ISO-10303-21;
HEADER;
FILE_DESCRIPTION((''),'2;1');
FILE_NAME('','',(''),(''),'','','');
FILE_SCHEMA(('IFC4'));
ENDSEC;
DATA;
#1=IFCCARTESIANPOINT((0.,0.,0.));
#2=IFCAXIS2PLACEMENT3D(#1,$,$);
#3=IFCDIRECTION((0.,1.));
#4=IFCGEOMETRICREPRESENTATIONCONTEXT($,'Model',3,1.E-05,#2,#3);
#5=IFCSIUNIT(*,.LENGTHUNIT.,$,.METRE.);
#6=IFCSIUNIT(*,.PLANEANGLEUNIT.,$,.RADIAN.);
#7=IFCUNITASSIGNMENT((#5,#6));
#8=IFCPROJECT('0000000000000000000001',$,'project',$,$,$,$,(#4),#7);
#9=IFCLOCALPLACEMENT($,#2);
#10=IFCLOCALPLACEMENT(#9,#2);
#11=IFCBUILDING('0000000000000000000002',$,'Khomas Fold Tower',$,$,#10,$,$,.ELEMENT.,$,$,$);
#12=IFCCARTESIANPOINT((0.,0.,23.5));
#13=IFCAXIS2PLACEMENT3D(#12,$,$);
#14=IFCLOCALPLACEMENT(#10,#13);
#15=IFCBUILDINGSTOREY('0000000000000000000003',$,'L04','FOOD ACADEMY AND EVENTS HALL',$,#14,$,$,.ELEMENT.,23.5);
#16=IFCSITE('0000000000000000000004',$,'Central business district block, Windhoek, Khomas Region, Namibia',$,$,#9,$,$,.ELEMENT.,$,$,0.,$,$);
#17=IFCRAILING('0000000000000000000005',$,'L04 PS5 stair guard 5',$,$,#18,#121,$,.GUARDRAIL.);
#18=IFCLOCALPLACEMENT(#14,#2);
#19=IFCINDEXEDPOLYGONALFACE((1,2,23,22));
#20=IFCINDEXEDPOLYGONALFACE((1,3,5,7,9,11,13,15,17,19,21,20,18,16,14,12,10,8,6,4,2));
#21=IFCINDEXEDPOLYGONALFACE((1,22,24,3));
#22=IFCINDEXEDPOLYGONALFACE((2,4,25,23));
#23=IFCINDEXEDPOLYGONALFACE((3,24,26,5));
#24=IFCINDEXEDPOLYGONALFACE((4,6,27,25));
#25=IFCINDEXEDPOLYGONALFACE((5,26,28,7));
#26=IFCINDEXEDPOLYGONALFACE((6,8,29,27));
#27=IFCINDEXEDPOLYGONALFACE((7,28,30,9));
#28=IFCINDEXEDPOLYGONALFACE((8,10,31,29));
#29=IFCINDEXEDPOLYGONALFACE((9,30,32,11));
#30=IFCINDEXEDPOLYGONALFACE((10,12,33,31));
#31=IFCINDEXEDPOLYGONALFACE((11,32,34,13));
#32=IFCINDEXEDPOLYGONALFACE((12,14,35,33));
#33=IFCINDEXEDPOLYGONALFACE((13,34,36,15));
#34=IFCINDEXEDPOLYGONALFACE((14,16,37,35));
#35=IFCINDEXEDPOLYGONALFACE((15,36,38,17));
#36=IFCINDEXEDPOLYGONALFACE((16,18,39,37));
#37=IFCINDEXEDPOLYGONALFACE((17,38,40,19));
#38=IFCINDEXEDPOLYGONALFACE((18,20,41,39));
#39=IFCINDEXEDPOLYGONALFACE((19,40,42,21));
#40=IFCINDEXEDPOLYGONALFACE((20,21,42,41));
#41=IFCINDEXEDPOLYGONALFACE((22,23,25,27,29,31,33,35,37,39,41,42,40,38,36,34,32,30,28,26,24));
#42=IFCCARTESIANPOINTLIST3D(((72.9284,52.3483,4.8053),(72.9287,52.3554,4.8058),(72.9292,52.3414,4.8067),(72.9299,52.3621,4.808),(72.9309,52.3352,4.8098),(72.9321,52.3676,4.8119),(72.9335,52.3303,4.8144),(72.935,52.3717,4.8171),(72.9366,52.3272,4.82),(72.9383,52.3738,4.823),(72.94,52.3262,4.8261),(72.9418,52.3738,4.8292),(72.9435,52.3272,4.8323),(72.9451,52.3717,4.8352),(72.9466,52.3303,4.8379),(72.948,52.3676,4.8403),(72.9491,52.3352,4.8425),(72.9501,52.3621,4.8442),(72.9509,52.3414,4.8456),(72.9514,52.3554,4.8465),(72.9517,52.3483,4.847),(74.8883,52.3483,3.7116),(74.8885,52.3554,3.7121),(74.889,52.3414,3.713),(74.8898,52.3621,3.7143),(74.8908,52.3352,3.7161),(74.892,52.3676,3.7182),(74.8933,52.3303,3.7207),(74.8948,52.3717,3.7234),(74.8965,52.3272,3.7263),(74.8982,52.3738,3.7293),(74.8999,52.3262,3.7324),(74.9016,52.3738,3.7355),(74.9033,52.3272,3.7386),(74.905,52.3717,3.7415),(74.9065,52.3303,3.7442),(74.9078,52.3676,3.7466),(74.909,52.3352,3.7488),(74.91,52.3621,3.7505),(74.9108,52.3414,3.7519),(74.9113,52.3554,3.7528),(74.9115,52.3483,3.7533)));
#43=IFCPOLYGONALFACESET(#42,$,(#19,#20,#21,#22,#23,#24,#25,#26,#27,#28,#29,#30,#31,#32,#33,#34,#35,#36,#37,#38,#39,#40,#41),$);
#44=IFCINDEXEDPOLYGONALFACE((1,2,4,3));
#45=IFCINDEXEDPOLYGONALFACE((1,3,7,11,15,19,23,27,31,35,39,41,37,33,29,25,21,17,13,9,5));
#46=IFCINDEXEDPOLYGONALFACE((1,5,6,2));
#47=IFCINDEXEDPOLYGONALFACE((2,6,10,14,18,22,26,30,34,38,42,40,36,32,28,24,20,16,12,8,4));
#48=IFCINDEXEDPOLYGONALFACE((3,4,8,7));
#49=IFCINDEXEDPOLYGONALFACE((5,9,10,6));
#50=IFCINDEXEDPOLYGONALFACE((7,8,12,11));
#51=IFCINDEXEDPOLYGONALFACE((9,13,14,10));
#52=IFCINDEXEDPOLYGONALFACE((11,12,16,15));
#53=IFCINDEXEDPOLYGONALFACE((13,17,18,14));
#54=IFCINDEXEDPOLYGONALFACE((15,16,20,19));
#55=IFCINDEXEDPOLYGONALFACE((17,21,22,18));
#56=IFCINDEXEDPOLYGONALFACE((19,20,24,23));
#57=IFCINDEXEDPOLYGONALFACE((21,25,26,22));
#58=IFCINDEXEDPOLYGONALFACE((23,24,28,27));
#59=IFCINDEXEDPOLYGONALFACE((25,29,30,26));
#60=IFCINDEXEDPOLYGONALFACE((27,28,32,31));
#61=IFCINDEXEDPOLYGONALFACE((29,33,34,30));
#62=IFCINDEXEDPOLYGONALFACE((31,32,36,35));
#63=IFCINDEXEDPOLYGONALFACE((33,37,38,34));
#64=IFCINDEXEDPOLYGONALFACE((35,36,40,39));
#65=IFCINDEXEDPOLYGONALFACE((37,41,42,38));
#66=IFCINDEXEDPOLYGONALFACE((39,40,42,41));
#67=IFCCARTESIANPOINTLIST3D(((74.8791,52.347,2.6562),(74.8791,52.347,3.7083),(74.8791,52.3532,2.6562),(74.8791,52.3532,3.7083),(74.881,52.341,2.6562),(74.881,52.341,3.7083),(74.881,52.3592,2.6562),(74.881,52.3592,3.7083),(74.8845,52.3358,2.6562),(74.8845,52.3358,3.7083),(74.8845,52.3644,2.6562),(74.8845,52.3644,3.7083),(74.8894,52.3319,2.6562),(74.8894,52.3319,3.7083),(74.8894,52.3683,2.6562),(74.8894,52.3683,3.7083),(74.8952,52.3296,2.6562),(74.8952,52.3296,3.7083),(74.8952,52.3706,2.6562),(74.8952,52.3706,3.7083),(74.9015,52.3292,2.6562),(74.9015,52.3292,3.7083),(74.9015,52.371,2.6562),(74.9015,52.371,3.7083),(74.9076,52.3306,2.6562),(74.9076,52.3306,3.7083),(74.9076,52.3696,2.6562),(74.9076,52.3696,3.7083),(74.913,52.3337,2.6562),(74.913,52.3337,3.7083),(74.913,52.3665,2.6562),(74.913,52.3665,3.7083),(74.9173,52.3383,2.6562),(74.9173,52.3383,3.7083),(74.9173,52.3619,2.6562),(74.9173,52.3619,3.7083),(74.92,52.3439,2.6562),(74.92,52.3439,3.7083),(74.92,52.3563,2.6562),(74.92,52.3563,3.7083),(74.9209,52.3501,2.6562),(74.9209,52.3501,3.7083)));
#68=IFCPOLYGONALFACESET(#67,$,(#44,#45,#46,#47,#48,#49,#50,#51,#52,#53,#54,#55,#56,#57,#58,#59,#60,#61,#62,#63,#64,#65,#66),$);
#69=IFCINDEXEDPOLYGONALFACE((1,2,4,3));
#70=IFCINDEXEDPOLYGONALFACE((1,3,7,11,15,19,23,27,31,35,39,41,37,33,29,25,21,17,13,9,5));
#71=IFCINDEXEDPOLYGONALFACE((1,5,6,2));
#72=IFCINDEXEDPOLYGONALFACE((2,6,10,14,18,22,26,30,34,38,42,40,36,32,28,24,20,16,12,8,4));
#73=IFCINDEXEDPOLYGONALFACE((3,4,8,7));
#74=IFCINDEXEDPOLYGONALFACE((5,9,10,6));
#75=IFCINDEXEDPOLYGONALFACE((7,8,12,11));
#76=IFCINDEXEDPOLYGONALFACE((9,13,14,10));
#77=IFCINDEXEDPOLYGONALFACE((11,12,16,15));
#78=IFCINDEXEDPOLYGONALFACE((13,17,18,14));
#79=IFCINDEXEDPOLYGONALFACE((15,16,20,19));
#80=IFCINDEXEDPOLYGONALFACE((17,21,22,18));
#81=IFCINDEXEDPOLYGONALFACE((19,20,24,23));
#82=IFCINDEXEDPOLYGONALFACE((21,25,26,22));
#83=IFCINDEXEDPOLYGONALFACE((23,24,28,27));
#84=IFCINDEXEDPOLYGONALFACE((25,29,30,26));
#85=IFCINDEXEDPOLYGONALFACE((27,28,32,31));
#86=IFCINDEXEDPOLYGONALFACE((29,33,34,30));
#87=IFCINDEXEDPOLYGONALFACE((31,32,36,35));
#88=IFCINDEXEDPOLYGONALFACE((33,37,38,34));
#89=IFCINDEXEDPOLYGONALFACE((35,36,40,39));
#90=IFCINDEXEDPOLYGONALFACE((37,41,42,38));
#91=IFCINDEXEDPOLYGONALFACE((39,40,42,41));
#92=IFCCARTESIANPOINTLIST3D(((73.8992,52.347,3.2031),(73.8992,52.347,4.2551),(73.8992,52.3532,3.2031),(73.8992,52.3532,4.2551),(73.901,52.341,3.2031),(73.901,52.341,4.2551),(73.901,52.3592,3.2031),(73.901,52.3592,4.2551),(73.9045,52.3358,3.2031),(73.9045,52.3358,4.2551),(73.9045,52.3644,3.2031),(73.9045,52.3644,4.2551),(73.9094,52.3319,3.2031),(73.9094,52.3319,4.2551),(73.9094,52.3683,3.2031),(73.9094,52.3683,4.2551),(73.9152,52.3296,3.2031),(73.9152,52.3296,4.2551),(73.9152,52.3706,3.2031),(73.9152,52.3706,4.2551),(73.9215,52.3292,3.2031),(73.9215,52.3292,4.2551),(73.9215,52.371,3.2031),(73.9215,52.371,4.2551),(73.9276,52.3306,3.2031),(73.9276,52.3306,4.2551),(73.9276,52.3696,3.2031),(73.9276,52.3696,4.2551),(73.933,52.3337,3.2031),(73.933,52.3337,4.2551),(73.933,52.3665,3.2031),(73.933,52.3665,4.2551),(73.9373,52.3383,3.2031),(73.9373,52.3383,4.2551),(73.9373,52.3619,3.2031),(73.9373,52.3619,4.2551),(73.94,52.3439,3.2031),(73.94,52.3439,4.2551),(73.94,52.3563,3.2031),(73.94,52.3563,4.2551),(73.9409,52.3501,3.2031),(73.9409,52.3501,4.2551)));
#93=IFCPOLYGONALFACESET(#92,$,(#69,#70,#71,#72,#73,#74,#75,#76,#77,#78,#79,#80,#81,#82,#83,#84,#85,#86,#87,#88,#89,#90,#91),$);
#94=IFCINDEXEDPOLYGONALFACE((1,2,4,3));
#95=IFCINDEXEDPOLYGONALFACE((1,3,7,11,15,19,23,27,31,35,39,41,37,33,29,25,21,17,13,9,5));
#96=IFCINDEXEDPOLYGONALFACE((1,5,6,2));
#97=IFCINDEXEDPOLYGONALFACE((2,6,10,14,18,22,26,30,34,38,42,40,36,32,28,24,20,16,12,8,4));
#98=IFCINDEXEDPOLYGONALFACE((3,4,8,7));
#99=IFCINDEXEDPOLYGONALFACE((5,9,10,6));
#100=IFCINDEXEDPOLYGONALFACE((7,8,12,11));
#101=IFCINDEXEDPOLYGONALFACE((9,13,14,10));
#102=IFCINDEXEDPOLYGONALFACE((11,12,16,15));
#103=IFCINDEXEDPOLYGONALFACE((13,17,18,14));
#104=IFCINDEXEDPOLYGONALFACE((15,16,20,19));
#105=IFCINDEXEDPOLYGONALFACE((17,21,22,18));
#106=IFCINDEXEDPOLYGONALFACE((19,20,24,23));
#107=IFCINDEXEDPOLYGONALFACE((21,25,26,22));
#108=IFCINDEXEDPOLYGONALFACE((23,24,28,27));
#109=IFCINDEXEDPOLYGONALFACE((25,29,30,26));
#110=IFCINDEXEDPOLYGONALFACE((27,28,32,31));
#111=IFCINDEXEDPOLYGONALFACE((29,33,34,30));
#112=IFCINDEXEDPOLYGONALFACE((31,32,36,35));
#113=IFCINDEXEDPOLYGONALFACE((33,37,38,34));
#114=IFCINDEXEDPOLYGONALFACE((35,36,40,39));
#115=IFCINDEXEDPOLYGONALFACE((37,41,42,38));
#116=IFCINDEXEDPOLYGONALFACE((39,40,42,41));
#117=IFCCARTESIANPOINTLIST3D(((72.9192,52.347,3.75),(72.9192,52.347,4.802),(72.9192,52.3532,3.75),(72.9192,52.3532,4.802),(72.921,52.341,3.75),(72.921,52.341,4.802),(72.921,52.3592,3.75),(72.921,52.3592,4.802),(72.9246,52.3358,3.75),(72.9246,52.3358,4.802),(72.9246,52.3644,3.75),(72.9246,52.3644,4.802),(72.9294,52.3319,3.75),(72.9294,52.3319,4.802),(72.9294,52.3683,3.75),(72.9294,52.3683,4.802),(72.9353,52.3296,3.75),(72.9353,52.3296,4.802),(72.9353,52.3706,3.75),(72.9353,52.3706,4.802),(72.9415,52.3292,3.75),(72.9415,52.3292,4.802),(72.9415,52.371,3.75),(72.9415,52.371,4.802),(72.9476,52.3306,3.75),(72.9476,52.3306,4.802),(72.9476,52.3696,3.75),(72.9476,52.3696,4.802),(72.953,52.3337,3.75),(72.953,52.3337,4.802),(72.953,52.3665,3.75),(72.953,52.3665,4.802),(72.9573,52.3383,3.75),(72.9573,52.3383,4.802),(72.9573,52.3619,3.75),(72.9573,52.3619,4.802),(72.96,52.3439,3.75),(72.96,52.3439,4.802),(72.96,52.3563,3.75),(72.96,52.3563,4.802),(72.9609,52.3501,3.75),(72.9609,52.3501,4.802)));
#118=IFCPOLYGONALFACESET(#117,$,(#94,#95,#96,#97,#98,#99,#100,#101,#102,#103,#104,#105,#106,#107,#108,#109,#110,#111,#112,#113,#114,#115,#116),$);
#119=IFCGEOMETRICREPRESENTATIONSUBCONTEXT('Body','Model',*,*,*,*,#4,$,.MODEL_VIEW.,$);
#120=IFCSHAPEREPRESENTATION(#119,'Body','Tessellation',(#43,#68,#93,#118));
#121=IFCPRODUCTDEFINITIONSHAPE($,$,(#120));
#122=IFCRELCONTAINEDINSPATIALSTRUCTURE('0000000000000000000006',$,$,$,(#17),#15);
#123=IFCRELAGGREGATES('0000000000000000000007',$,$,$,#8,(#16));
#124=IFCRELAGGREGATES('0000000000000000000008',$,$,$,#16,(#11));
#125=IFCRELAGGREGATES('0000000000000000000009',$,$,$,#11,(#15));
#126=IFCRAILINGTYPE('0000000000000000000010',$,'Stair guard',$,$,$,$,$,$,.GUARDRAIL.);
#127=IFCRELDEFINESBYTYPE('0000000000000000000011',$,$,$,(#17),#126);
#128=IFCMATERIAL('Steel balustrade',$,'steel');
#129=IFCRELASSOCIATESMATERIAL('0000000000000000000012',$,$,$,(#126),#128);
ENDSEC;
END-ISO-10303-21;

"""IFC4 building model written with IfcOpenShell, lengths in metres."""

from ifc_helpers import new_model, si_unit, direction, frame, origin, origin_2d, place, context, subcontext, project, spatial, circle, extrude, source, transform, mapped, material, type_object, element, save


model = new_model("IFC4")

# Units and contexts
model_context = context("Model", 3, precision=1e-05, world=origin(), true_north=direction((0.0, 1.0)))
body_context = subcontext(model_context, "Body", "Model", "MODEL_VIEW")
ifc_project = project(units=[si_unit("LENGTHUNIT", "METRE"), si_unit("PLANEANGLEUNIT", "RADIAN")], contexts=[model_context])

# Site, building, storey
site_placement = place(None, origin())
site = spatial("IfcSite", under=ifc_project, at=site_placement, Name="Central business district block, Windhoek, Khomas Region, Namibia", CompositionType="ELEMENT", RefElevation=0.0)
building_placement = place(site_placement, origin())
building = spatial("IfcBuilding", under=site, at=building_placement, Name="Khomas Fold Tower", CompositionType="ELEMENT")
storey_placement = place(building_placement, frame((0.0, 0.0, 23.5)))
storey = spatial("IfcBuildingStorey", under=building, at=storey_placement, Name="L04", Description="FOOD ACADEMY AND EVENTS HALL", CompositionType="ELEMENT", Elevation=23.5)

# Railing
ifc_material_1 = material(Name="Steel balustrade", Category="steel")
railing_type_1 = type_object("IfcRailingType", Name="Stair guard", PredefinedType="GUARDRAIL", material=ifc_material_1)
shared_shape_1 = source(origin(), body_context, "Body", "SweptSolid", [
    extrude(circle(Radius=0.0239, at=origin_2d()), frame((0.0, 0.0, 1.0762), z_axis=(-0.873232, 0.0, 0.487304), x_axis=(0.0, -1.0, 0.0)), (0.0, 0.0, 1.0), 2.2444),
    extrude(circle(Radius=0.021, at=origin_2d()), origin(), (0.0, 0.0, 1.0), 1.052),
    extrude(circle(Radius=0.021, at=origin_2d()), frame((-0.98, 0.0, 0.5469)), (0.0, 0.0, 1.0), 1.052),
    extrude(circle(Radius=0.021, at=origin_2d()), frame((-1.96, 0.0, 1.0938)), (0.0, 0.0, 1.0), 1.052),
])
for number, where, name in (
    (1, (74.8999, 52.3501, 2.6562), "L04 PS5 stair guard 5"),
):
    element("IfcRailing", number, at=place(storey_placement, frame(where)), inside=storey, type_object=railing_type_1, Name=name, PredefinedType="GUARDRAIL", context=body_context, shape_type="MappedRepresentation", body=[
        mapped(shared_shape_1, transform((0.0, 0.0, 0.0))),
    ])

save(model, "model.ifc")
